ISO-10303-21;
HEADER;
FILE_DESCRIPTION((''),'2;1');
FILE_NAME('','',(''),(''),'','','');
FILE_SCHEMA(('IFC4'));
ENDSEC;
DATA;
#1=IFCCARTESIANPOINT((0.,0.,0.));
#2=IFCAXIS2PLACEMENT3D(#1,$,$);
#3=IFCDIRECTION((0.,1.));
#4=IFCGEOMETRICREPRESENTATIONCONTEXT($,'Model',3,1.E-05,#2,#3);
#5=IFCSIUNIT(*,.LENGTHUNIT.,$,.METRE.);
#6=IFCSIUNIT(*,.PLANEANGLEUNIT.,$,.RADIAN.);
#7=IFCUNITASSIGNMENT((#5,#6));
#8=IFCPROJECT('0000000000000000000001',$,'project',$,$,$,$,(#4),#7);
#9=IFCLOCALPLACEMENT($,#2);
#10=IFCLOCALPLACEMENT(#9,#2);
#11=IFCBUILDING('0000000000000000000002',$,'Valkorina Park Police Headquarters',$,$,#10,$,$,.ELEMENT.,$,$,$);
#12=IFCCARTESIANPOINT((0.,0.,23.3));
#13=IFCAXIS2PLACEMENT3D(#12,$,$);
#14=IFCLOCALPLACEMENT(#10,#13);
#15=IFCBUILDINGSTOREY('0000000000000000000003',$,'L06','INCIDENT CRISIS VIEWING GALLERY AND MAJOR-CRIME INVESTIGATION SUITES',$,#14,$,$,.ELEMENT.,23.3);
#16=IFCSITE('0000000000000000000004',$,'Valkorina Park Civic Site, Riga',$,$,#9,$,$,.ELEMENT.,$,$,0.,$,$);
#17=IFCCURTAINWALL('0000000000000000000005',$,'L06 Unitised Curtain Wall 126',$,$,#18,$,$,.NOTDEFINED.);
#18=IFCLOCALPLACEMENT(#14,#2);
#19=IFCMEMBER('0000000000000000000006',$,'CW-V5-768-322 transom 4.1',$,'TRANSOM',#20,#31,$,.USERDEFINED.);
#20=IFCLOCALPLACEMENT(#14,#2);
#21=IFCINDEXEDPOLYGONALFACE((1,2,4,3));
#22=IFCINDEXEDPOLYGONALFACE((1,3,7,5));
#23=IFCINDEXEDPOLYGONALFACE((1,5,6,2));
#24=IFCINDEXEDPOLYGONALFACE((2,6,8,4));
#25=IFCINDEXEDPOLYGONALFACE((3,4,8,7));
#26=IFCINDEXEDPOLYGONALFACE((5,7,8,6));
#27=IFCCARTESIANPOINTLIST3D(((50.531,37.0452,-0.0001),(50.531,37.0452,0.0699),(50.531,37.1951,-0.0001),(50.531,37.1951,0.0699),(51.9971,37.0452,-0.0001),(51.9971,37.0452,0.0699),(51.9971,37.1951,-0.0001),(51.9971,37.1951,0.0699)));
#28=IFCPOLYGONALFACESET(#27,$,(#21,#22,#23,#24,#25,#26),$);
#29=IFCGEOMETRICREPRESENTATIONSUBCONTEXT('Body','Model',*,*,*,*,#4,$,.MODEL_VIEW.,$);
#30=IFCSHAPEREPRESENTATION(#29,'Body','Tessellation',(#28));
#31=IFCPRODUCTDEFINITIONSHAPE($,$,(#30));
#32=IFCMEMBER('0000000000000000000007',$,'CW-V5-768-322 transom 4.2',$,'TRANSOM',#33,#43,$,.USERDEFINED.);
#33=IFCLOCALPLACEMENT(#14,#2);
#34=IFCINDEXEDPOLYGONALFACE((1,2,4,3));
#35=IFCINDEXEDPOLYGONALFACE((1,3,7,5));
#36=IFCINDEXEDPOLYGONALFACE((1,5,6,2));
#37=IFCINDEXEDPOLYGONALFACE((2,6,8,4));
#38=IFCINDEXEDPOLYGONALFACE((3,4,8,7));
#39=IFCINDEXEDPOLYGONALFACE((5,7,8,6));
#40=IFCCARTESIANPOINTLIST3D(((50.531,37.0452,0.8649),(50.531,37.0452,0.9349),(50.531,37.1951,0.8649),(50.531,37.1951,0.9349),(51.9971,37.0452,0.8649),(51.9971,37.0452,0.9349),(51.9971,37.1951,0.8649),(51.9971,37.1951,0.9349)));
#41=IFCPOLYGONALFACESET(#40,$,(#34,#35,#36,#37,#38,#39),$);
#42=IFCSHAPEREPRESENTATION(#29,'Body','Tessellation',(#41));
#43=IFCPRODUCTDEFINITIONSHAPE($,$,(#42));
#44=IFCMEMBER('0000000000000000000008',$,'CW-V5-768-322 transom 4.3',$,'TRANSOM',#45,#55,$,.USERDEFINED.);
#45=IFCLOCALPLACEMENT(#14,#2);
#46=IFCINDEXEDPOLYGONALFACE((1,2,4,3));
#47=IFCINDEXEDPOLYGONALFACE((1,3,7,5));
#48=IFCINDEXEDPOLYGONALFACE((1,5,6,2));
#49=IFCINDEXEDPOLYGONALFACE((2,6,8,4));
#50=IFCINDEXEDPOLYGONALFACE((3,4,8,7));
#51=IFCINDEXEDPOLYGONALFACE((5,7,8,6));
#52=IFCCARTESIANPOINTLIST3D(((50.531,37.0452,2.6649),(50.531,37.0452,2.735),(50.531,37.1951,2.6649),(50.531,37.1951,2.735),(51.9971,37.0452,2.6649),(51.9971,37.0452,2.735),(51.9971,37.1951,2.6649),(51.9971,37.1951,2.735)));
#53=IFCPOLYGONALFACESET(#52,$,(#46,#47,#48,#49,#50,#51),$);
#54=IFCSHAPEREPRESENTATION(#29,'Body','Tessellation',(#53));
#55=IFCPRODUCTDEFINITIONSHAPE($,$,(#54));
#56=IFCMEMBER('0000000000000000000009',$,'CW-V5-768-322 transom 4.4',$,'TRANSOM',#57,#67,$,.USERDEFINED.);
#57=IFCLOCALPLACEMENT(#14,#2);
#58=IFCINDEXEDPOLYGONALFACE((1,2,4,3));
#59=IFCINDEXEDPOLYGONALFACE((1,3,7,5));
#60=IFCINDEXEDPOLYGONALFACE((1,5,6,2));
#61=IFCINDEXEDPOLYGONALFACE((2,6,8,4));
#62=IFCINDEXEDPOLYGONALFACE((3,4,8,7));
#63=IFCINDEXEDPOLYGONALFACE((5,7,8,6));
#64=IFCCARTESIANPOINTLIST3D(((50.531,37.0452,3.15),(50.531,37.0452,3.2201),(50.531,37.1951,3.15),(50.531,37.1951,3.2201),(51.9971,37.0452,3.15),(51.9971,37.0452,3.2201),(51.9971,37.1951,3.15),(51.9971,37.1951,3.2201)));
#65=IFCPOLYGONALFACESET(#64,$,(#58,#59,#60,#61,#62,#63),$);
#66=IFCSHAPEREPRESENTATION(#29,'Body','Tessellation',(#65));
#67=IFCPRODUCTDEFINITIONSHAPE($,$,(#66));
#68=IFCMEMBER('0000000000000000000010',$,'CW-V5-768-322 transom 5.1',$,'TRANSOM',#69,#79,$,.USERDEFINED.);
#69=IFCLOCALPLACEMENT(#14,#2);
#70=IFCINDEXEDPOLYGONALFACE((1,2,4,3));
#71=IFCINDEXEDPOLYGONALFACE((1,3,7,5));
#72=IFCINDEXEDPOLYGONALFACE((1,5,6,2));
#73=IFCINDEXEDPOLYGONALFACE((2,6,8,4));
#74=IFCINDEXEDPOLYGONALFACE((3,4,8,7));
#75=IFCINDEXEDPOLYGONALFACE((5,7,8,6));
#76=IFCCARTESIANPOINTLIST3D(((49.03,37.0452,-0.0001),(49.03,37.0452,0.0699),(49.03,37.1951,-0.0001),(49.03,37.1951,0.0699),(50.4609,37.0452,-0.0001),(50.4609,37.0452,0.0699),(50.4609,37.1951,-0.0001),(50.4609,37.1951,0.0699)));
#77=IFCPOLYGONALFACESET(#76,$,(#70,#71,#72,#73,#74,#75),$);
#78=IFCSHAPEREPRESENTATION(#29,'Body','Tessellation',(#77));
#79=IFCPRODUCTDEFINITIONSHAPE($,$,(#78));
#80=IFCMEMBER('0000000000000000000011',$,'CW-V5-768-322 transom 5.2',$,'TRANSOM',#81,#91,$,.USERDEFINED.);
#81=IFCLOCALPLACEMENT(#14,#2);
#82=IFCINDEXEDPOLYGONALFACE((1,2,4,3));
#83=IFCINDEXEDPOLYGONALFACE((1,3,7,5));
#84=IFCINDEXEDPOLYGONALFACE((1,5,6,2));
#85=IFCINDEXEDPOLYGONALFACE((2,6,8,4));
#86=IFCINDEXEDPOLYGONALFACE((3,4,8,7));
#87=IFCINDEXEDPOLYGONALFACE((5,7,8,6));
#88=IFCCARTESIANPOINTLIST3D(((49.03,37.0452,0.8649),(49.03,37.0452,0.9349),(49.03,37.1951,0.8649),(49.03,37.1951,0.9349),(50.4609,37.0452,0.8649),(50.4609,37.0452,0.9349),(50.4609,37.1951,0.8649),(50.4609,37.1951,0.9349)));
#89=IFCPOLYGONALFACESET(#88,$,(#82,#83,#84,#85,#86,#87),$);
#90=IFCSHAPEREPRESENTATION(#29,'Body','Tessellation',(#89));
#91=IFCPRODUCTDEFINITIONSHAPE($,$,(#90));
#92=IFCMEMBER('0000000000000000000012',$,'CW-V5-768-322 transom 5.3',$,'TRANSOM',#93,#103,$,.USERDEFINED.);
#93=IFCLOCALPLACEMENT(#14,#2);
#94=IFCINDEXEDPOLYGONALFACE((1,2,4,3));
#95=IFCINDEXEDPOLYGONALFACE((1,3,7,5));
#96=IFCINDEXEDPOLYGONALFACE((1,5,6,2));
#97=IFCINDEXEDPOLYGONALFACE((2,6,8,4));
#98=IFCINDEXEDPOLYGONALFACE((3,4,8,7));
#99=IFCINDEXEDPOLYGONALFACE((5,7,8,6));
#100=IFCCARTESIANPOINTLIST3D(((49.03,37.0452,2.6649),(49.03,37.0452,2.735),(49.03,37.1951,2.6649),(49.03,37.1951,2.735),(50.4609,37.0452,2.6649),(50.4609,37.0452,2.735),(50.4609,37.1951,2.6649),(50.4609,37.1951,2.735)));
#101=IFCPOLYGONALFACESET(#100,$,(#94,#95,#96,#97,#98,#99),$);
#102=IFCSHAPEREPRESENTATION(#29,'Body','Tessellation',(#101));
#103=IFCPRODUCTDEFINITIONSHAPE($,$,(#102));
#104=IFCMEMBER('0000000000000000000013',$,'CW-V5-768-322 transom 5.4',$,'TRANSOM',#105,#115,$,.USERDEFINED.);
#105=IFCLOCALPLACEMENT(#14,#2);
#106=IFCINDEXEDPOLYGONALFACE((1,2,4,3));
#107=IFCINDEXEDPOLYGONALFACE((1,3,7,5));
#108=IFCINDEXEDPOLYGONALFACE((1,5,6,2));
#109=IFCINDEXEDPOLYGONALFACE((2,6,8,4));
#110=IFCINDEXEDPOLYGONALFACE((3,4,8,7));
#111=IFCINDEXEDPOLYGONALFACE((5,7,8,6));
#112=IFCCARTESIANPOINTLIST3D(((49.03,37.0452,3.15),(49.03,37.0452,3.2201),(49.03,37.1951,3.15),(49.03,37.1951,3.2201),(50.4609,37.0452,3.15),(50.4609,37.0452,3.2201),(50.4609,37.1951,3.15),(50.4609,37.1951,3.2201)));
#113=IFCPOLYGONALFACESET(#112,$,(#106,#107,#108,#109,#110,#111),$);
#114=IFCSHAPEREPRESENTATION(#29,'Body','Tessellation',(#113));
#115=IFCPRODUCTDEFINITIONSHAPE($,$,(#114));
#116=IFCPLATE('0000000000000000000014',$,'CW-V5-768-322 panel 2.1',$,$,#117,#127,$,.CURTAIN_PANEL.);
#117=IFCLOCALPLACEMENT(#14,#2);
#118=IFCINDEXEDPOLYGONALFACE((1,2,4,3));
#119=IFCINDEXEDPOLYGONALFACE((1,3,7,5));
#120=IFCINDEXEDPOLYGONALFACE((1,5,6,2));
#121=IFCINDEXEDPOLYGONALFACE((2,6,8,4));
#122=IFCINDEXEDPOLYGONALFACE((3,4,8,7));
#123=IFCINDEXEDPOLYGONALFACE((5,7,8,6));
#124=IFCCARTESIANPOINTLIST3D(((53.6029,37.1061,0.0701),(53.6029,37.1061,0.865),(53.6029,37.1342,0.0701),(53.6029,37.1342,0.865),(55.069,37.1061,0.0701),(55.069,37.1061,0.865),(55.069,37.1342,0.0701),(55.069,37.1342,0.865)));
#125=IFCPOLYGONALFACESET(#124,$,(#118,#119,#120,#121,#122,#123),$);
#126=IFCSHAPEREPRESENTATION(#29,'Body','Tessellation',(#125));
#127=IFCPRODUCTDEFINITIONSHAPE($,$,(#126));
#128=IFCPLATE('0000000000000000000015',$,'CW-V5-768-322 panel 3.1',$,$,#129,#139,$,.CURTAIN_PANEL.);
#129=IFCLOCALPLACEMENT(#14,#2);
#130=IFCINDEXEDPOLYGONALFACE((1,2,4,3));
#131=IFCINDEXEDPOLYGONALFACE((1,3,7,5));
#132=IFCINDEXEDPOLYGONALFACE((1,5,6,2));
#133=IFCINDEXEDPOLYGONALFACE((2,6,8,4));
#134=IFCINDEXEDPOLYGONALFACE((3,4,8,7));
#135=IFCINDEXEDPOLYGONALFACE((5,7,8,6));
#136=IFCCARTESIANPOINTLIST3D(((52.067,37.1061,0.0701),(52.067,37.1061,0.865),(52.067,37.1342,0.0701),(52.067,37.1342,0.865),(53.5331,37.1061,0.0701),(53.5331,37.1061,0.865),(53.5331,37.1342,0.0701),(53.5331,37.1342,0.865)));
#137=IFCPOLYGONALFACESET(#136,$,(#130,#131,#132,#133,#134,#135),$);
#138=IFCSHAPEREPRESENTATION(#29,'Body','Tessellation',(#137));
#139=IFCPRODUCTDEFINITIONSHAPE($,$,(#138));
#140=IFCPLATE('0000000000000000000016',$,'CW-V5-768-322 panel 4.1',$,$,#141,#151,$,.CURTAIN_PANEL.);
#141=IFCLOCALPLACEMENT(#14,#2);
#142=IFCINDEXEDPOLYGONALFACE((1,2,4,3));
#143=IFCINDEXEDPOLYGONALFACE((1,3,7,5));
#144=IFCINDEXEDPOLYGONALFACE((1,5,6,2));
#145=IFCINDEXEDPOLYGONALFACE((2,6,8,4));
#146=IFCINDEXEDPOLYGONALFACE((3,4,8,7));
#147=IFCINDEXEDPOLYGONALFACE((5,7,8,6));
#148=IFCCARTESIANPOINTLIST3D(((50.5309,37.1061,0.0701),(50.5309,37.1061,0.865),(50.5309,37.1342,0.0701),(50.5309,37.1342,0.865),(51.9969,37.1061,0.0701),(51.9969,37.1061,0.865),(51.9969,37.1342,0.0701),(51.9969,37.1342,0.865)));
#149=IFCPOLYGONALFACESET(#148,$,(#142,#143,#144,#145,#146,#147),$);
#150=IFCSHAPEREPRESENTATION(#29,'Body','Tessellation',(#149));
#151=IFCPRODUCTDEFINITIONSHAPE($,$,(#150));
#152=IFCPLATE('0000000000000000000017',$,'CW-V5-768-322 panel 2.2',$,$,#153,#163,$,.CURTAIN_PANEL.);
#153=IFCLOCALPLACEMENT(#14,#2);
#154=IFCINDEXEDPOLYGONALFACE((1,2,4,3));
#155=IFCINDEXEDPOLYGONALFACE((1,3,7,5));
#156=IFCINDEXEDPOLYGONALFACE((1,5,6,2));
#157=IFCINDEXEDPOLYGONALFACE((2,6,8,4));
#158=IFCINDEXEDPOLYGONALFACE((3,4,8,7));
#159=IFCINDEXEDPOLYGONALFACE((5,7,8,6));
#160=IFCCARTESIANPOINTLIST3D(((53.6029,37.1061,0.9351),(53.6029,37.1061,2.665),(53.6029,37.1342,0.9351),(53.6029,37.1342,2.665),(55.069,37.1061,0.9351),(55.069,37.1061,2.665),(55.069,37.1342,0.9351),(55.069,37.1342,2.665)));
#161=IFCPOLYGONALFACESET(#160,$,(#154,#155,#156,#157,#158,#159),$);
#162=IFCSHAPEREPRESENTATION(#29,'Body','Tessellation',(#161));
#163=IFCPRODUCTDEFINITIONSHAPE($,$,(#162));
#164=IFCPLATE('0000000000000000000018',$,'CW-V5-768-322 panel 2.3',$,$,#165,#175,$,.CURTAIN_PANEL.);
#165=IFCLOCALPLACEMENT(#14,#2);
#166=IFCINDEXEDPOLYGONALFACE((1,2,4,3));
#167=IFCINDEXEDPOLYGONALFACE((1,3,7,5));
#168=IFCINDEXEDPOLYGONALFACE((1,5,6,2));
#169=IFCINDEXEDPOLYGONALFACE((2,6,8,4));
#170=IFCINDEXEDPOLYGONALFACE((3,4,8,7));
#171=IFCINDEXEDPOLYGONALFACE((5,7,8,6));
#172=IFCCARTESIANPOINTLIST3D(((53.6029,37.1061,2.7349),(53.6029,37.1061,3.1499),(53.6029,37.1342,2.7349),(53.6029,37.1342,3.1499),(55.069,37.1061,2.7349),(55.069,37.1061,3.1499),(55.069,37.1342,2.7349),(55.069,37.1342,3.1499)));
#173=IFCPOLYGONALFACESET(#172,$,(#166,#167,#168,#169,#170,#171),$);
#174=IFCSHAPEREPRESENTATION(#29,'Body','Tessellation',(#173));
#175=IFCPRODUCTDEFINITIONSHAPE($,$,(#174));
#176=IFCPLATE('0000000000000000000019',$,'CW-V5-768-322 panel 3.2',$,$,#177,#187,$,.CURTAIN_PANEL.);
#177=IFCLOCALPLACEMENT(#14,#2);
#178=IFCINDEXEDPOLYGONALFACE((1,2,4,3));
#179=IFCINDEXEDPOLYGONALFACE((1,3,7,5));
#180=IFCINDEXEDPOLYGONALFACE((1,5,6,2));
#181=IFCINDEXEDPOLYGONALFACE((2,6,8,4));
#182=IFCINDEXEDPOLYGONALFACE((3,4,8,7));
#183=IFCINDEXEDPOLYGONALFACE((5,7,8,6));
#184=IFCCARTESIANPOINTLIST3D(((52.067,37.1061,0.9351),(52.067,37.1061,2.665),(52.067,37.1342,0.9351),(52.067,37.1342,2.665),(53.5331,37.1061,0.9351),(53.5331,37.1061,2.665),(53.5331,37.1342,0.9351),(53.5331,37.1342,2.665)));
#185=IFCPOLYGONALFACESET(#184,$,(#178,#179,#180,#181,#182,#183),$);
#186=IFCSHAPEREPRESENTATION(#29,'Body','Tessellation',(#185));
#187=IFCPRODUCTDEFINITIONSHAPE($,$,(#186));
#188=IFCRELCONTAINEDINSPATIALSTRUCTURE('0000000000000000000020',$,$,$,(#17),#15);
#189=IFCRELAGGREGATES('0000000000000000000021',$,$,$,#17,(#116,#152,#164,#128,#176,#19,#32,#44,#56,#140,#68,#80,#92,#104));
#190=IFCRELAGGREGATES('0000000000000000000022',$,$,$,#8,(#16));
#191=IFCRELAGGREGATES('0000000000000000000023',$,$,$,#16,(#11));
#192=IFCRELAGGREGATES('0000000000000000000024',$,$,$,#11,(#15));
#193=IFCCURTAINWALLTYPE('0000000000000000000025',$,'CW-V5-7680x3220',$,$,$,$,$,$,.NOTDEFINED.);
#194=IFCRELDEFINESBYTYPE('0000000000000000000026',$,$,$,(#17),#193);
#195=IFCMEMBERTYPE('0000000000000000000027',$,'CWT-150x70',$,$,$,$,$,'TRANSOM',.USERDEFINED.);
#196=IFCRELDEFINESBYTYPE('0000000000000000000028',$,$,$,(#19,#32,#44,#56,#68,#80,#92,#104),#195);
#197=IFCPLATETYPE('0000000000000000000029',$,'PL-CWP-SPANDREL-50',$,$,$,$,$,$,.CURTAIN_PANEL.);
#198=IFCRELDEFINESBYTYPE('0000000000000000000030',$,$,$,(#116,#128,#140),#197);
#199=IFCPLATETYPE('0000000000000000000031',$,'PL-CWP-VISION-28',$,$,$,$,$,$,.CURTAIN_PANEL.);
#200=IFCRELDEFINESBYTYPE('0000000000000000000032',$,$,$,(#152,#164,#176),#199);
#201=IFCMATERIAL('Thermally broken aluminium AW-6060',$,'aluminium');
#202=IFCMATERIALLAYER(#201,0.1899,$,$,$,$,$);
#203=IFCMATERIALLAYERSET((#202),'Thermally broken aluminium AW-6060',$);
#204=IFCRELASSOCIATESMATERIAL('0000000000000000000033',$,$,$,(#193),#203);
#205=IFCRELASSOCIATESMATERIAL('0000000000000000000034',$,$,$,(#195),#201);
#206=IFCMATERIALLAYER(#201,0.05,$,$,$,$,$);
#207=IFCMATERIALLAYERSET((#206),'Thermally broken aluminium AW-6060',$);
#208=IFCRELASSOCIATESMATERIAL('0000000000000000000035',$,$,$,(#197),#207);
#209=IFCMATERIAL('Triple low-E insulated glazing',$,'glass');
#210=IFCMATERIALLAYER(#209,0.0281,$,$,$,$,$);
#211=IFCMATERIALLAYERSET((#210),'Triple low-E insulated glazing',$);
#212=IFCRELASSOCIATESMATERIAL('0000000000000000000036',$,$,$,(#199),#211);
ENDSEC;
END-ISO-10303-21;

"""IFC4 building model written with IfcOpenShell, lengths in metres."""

from ifc_helpers import new_model, si_unit, direction, frame, origin, origin_2d, place, context, subcontext, project, spatial, rectangle, extrude, material, layer, layer_set, material_profile, profile_set, type_object, element, aggregate, save


model = new_model("IFC4")

# Units and contexts
model_context = context("Model", 3, precision=1e-05, world=origin(), true_north=direction((0.0, 1.0)))
body_context = subcontext(model_context, "Body", "Model", "MODEL_VIEW")
ifc_project = project(units=[si_unit("LENGTHUNIT", "METRE"), si_unit("PLANEANGLEUNIT", "RADIAN")], contexts=[model_context])

# Site, building, storey
site_placement = place(None, origin())
site = spatial("IfcSite", under=ifc_project, at=site_placement, Name="Valkorina Park Civic Site, Riga", CompositionType="ELEMENT", RefElevation=0.0)
building_placement = place(site_placement, origin())
building = spatial("IfcBuilding", under=site, at=building_placement, Name="Valkorina Park Police Headquarters", CompositionType="ELEMENT")
storey_placement = place(building_placement, frame((0.0, 0.0, 23.3)))
storey = spatial("IfcBuildingStorey", under=building, at=storey_placement, Name="L06", Description="INCIDENT CRISIS VIEWING GALLERY AND MAJOR-CRIME INVESTIGATION SUITES", CompositionType="ELEMENT", Elevation=23.3)

# Curtain wall, members, plates
ifc_material_1 = material(Name="Thermally broken aluminium AW-6060", Category="aluminium")
ifc_layer_1 = layer(ifc_material_1, 0.1899)
ifc_layer_set_1 = layer_set([ifc_layer_1], Name="Thermally broken aluminium AW-6060")
curtain_wall_type = type_object("IfcCurtainWallType", Name="CW-V5-7680x3220", PredefinedType="NOTDEFINED", material=ifc_layer_set_1)
curtain_wall_placement = place(storey_placement, origin())
curtain_wall = element("IfcCurtainWall", 1, at=curtain_wall_placement, inside=storey, type_object=curtain_wall_type, Name="L06 Unitised Curtain Wall 126", PredefinedType="NOTDEFINED")
ifc_material_profile_1 = material_profile(ifc_material_1, rectangle(XDim=0.1499, YDim=0.0701, at=origin_2d()), Name="CWT-02 150x70")
ifc_profile_set_1 = profile_set([ifc_material_profile_1], Name="Thermally broken aluminium AW-6060")
member_type_1 = type_object("IfcMemberType", Name="CWT-150x70", ElementType="TRANSOM", PredefinedType="USERDEFINED", material=ifc_profile_set_1)
member_1_placement = place(storey_placement, frame((51.9971, 37.1201, 0.0349), z_axis=(-1.0, 0.0, 0.0), x_axis=(0.0, -1.0, 0.0)))
member_1 = element("IfcMember", 2, at=member_1_placement, type_object=member_type_1, Name="CW-V5-768-322 transom 4.1", ObjectType="TRANSOM", PredefinedType="USERDEFINED", context=body_context, shape_type="SweptSolid", body=[
    extrude(rectangle(XDim=0.1499, YDim=0.0701, at=origin_2d()), origin(), (0.0, 0.0, 1.0), 1.4661),
])
member_2_placement = place(storey_placement, frame((51.9971, 37.1201, 0.8999), z_axis=(-1.0, 0.0, 0.0), x_axis=(0.0, -1.0, 0.0)))
member_2 = element("IfcMember", 3, at=member_2_placement, type_object=member_type_1, Name="CW-V5-768-322 transom 4.2", ObjectType="TRANSOM", PredefinedType="USERDEFINED", context=body_context, shape_type="SweptSolid", body=[
    extrude(rectangle(XDim=0.1499, YDim=0.0701, at=origin_2d()), origin(), (0.0, 0.0, 1.0), 1.4661),
])
member_3_placement = place(storey_placement, frame((51.9971, 37.1201, 2.7), z_axis=(-1.0, 0.0, 0.0), x_axis=(0.0, -1.0, 0.0)))
member_3 = element("IfcMember", 4, at=member_3_placement, type_object=member_type_1, Name="CW-V5-768-322 transom 4.3", ObjectType="TRANSOM", PredefinedType="USERDEFINED", context=body_context, shape_type="SweptSolid", body=[
    extrude(rectangle(XDim=0.1499, YDim=0.0701, at=origin_2d()), origin(), (0.0, 0.0, 1.0), 1.4661),
])
member_4_placement = place(storey_placement, frame((51.9971, 37.1201, 3.1851), z_axis=(-1.0, 0.0, 0.0), x_axis=(0.0, -1.0, 0.0)))
member_4 = element("IfcMember", 5, at=member_4_placement, type_object=member_type_1, Name="CW-V5-768-322 transom 4.4", ObjectType="TRANSOM", PredefinedType="USERDEFINED", context=body_context, shape_type="SweptSolid", body=[
    extrude(rectangle(XDim=0.1499, YDim=0.0701, at=origin_2d()), origin(), (0.0, 0.0, 1.0), 1.4661),
])
member_5_placement = place(storey_placement, frame((50.4609, 37.1201, 0.0349), z_axis=(-1.0, 0.0, 0.0), x_axis=(0.0, -1.0, 0.0)))
member_5 = element("IfcMember", 6, at=member_5_placement, type_object=member_type_1, Name="CW-V5-768-322 transom 5.1", ObjectType="TRANSOM", PredefinedType="USERDEFINED", context=body_context, shape_type="SweptSolid", body=[
    extrude(rectangle(XDim=0.1499, YDim=0.0701, at=origin_2d()), origin(), (0.0, 0.0, 1.0), 1.4309),
])
member_6_placement = place(storey_placement, frame((50.4609, 37.1201, 0.8999), z_axis=(-1.0, 0.0, 0.0), x_axis=(0.0, -1.0, 0.0)))
member_6 = element("IfcMember", 7, at=member_6_placement, type_object=member_type_1, Name="CW-V5-768-322 transom 5.2", ObjectType="TRANSOM", PredefinedType="USERDEFINED", context=body_context, shape_type="SweptSolid", body=[
    extrude(rectangle(XDim=0.1499, YDim=0.0701, at=origin_2d()), origin(), (0.0, 0.0, 1.0), 1.4309),
])
member_7_placement = place(storey_placement, frame((50.4609, 37.1201, 2.7), z_axis=(-1.0, 0.0, 0.0), x_axis=(0.0, -1.0, 0.0)))
member_7 = element("IfcMember", 8, at=member_7_placement, type_object=member_type_1, Name="CW-V5-768-322 transom 5.3", ObjectType="TRANSOM", PredefinedType="USERDEFINED", context=body_context, shape_type="SweptSolid", body=[
    extrude(rectangle(XDim=0.1499, YDim=0.0701, at=origin_2d()), origin(), (0.0, 0.0, 1.0), 1.4309),
])
member_8_placement = place(storey_placement, frame((50.4609, 37.1201, 3.1851), z_axis=(-1.0, 0.0, 0.0), x_axis=(0.0, -1.0, 0.0)))
member_8 = element("IfcMember", 9, at=member_8_placement, type_object=member_type_1, Name="CW-V5-768-322 transom 5.4", ObjectType="TRANSOM", PredefinedType="USERDEFINED", context=body_context, shape_type="SweptSolid", body=[
    extrude(rectangle(XDim=0.1499, YDim=0.0701, at=origin_2d()), origin(), (0.0, 0.0, 1.0), 1.4309),
])
ifc_layer_2 = layer(ifc_material_1, 0.05)
ifc_layer_set_2 = layer_set([ifc_layer_2], Name="Thermally broken aluminium AW-6060")
plate_type_1 = type_object("IfcPlateType", Name="PL-CWP-SPANDREL-50", PredefinedType="CURTAIN_PANEL", material=ifc_layer_set_2)
plate_1_placement = place(storey_placement, frame((54.3359, 37.1201, 0.0701), z_axis=(0.0, 0.0, 1.0), x_axis=(-1.0, 0.0, 0.0)))
plate_1 = element("IfcPlate", 10, at=plate_1_placement, type_object=plate_type_1, Name="CW-V5-768-322 panel 2.1", PredefinedType="CURTAIN_PANEL", context=body_context, shape_type="SweptSolid", body=[
    extrude(rectangle(XDim=1.4661, YDim=0.0281, at=origin_2d()), origin(), (0.0, 0.0, 1.0), 0.7949),
])
plate_2_placement = place(storey_placement, frame((52.8, 37.1201, 0.0701), z_axis=(0.0, 0.0, 1.0), x_axis=(-1.0, 0.0, 0.0)))
plate_2 = element("IfcPlate", 11, at=plate_2_placement, type_object=plate_type_1, Name="CW-V5-768-322 panel 3.1", PredefinedType="CURTAIN_PANEL", context=body_context, shape_type="SweptSolid", body=[
    extrude(rectangle(XDim=1.4661, YDim=0.0281, at=origin_2d()), origin(), (0.0, 0.0, 1.0), 0.7949),
])
plate_3_placement = place(storey_placement, frame((51.2639, 37.1201, 0.0701), z_axis=(0.0, 0.0, 1.0), x_axis=(-1.0, 0.0, 0.0)))
plate_3 = element("IfcPlate", 12, at=plate_3_placement, type_object=plate_type_1, Name="CW-V5-768-322 panel 4.1", PredefinedType="CURTAIN_PANEL", context=body_context, shape_type="SweptSolid", body=[
    extrude(rectangle(XDim=1.4661, YDim=0.0281, at=origin_2d()), origin(), (0.0, 0.0, 1.0), 0.7949),
])
ifc_material_2 = material(Name="Triple low-E insulated glazing", Category="glass")
ifc_layer_3 = layer(ifc_material_2, 0.0281)
ifc_layer_set_3 = layer_set([ifc_layer_3], Name="Triple low-E insulated glazing")
plate_type_2 = type_object("IfcPlateType", Name="PL-CWP-VISION-28", PredefinedType="CURTAIN_PANEL", material=ifc_layer_set_3)
plate_4_placement = place(storey_placement, frame((54.3359, 37.1201, 0.9351), z_axis=(0.0, 0.0, 1.0), x_axis=(-1.0, 0.0, 0.0)))
plate_4 = element("IfcPlate", 13, at=plate_4_placement, type_object=plate_type_2, Name="CW-V5-768-322 panel 2.2", PredefinedType="CURTAIN_PANEL", context=body_context, shape_type="SweptSolid", body=[
    extrude(rectangle(XDim=1.4661, YDim=0.0281, at=origin_2d()), origin(), (0.0, 0.0, 1.0), 1.73),
])
plate_5_placement = place(storey_placement, frame((54.3359, 37.1201, 2.7349), z_axis=(0.0, 0.0, 1.0), x_axis=(-1.0, 0.0, 0.0)))
plate_5 = element("IfcPlate", 14, at=plate_5_placement, type_object=plate_type_2, Name="CW-V5-768-322 panel 2.3", PredefinedType="CURTAIN_PANEL", context=body_context, shape_type="SweptSolid", body=[
    extrude(rectangle(XDim=1.4661, YDim=0.0281, at=origin_2d()), origin(), (0.0, 0.0, 1.0), 0.415),
])
plate_6_placement = place(storey_placement, frame((52.8, 37.1201, 0.9351), z_axis=(0.0, 0.0, 1.0), x_axis=(-1.0, 0.0, 0.0)))
plate_6 = element("IfcPlate", 15, at=plate_6_placement, type_object=plate_type_2, Name="CW-V5-768-322 panel 3.2", PredefinedType="CURTAIN_PANEL", context=body_context, shape_type="SweptSolid", body=[
    extrude(rectangle(XDim=1.4661, YDim=0.0281, at=origin_2d()), origin(), (0.0, 0.0, 1.0), 1.73),
])
aggregate(curtain_wall, [plate_1, plate_4, plate_5, plate_2, plate_6, member_1, member_2, member_3, member_4, plate_3, member_5, member_6, member_7, member_8])

save(model, "model.ifc")
